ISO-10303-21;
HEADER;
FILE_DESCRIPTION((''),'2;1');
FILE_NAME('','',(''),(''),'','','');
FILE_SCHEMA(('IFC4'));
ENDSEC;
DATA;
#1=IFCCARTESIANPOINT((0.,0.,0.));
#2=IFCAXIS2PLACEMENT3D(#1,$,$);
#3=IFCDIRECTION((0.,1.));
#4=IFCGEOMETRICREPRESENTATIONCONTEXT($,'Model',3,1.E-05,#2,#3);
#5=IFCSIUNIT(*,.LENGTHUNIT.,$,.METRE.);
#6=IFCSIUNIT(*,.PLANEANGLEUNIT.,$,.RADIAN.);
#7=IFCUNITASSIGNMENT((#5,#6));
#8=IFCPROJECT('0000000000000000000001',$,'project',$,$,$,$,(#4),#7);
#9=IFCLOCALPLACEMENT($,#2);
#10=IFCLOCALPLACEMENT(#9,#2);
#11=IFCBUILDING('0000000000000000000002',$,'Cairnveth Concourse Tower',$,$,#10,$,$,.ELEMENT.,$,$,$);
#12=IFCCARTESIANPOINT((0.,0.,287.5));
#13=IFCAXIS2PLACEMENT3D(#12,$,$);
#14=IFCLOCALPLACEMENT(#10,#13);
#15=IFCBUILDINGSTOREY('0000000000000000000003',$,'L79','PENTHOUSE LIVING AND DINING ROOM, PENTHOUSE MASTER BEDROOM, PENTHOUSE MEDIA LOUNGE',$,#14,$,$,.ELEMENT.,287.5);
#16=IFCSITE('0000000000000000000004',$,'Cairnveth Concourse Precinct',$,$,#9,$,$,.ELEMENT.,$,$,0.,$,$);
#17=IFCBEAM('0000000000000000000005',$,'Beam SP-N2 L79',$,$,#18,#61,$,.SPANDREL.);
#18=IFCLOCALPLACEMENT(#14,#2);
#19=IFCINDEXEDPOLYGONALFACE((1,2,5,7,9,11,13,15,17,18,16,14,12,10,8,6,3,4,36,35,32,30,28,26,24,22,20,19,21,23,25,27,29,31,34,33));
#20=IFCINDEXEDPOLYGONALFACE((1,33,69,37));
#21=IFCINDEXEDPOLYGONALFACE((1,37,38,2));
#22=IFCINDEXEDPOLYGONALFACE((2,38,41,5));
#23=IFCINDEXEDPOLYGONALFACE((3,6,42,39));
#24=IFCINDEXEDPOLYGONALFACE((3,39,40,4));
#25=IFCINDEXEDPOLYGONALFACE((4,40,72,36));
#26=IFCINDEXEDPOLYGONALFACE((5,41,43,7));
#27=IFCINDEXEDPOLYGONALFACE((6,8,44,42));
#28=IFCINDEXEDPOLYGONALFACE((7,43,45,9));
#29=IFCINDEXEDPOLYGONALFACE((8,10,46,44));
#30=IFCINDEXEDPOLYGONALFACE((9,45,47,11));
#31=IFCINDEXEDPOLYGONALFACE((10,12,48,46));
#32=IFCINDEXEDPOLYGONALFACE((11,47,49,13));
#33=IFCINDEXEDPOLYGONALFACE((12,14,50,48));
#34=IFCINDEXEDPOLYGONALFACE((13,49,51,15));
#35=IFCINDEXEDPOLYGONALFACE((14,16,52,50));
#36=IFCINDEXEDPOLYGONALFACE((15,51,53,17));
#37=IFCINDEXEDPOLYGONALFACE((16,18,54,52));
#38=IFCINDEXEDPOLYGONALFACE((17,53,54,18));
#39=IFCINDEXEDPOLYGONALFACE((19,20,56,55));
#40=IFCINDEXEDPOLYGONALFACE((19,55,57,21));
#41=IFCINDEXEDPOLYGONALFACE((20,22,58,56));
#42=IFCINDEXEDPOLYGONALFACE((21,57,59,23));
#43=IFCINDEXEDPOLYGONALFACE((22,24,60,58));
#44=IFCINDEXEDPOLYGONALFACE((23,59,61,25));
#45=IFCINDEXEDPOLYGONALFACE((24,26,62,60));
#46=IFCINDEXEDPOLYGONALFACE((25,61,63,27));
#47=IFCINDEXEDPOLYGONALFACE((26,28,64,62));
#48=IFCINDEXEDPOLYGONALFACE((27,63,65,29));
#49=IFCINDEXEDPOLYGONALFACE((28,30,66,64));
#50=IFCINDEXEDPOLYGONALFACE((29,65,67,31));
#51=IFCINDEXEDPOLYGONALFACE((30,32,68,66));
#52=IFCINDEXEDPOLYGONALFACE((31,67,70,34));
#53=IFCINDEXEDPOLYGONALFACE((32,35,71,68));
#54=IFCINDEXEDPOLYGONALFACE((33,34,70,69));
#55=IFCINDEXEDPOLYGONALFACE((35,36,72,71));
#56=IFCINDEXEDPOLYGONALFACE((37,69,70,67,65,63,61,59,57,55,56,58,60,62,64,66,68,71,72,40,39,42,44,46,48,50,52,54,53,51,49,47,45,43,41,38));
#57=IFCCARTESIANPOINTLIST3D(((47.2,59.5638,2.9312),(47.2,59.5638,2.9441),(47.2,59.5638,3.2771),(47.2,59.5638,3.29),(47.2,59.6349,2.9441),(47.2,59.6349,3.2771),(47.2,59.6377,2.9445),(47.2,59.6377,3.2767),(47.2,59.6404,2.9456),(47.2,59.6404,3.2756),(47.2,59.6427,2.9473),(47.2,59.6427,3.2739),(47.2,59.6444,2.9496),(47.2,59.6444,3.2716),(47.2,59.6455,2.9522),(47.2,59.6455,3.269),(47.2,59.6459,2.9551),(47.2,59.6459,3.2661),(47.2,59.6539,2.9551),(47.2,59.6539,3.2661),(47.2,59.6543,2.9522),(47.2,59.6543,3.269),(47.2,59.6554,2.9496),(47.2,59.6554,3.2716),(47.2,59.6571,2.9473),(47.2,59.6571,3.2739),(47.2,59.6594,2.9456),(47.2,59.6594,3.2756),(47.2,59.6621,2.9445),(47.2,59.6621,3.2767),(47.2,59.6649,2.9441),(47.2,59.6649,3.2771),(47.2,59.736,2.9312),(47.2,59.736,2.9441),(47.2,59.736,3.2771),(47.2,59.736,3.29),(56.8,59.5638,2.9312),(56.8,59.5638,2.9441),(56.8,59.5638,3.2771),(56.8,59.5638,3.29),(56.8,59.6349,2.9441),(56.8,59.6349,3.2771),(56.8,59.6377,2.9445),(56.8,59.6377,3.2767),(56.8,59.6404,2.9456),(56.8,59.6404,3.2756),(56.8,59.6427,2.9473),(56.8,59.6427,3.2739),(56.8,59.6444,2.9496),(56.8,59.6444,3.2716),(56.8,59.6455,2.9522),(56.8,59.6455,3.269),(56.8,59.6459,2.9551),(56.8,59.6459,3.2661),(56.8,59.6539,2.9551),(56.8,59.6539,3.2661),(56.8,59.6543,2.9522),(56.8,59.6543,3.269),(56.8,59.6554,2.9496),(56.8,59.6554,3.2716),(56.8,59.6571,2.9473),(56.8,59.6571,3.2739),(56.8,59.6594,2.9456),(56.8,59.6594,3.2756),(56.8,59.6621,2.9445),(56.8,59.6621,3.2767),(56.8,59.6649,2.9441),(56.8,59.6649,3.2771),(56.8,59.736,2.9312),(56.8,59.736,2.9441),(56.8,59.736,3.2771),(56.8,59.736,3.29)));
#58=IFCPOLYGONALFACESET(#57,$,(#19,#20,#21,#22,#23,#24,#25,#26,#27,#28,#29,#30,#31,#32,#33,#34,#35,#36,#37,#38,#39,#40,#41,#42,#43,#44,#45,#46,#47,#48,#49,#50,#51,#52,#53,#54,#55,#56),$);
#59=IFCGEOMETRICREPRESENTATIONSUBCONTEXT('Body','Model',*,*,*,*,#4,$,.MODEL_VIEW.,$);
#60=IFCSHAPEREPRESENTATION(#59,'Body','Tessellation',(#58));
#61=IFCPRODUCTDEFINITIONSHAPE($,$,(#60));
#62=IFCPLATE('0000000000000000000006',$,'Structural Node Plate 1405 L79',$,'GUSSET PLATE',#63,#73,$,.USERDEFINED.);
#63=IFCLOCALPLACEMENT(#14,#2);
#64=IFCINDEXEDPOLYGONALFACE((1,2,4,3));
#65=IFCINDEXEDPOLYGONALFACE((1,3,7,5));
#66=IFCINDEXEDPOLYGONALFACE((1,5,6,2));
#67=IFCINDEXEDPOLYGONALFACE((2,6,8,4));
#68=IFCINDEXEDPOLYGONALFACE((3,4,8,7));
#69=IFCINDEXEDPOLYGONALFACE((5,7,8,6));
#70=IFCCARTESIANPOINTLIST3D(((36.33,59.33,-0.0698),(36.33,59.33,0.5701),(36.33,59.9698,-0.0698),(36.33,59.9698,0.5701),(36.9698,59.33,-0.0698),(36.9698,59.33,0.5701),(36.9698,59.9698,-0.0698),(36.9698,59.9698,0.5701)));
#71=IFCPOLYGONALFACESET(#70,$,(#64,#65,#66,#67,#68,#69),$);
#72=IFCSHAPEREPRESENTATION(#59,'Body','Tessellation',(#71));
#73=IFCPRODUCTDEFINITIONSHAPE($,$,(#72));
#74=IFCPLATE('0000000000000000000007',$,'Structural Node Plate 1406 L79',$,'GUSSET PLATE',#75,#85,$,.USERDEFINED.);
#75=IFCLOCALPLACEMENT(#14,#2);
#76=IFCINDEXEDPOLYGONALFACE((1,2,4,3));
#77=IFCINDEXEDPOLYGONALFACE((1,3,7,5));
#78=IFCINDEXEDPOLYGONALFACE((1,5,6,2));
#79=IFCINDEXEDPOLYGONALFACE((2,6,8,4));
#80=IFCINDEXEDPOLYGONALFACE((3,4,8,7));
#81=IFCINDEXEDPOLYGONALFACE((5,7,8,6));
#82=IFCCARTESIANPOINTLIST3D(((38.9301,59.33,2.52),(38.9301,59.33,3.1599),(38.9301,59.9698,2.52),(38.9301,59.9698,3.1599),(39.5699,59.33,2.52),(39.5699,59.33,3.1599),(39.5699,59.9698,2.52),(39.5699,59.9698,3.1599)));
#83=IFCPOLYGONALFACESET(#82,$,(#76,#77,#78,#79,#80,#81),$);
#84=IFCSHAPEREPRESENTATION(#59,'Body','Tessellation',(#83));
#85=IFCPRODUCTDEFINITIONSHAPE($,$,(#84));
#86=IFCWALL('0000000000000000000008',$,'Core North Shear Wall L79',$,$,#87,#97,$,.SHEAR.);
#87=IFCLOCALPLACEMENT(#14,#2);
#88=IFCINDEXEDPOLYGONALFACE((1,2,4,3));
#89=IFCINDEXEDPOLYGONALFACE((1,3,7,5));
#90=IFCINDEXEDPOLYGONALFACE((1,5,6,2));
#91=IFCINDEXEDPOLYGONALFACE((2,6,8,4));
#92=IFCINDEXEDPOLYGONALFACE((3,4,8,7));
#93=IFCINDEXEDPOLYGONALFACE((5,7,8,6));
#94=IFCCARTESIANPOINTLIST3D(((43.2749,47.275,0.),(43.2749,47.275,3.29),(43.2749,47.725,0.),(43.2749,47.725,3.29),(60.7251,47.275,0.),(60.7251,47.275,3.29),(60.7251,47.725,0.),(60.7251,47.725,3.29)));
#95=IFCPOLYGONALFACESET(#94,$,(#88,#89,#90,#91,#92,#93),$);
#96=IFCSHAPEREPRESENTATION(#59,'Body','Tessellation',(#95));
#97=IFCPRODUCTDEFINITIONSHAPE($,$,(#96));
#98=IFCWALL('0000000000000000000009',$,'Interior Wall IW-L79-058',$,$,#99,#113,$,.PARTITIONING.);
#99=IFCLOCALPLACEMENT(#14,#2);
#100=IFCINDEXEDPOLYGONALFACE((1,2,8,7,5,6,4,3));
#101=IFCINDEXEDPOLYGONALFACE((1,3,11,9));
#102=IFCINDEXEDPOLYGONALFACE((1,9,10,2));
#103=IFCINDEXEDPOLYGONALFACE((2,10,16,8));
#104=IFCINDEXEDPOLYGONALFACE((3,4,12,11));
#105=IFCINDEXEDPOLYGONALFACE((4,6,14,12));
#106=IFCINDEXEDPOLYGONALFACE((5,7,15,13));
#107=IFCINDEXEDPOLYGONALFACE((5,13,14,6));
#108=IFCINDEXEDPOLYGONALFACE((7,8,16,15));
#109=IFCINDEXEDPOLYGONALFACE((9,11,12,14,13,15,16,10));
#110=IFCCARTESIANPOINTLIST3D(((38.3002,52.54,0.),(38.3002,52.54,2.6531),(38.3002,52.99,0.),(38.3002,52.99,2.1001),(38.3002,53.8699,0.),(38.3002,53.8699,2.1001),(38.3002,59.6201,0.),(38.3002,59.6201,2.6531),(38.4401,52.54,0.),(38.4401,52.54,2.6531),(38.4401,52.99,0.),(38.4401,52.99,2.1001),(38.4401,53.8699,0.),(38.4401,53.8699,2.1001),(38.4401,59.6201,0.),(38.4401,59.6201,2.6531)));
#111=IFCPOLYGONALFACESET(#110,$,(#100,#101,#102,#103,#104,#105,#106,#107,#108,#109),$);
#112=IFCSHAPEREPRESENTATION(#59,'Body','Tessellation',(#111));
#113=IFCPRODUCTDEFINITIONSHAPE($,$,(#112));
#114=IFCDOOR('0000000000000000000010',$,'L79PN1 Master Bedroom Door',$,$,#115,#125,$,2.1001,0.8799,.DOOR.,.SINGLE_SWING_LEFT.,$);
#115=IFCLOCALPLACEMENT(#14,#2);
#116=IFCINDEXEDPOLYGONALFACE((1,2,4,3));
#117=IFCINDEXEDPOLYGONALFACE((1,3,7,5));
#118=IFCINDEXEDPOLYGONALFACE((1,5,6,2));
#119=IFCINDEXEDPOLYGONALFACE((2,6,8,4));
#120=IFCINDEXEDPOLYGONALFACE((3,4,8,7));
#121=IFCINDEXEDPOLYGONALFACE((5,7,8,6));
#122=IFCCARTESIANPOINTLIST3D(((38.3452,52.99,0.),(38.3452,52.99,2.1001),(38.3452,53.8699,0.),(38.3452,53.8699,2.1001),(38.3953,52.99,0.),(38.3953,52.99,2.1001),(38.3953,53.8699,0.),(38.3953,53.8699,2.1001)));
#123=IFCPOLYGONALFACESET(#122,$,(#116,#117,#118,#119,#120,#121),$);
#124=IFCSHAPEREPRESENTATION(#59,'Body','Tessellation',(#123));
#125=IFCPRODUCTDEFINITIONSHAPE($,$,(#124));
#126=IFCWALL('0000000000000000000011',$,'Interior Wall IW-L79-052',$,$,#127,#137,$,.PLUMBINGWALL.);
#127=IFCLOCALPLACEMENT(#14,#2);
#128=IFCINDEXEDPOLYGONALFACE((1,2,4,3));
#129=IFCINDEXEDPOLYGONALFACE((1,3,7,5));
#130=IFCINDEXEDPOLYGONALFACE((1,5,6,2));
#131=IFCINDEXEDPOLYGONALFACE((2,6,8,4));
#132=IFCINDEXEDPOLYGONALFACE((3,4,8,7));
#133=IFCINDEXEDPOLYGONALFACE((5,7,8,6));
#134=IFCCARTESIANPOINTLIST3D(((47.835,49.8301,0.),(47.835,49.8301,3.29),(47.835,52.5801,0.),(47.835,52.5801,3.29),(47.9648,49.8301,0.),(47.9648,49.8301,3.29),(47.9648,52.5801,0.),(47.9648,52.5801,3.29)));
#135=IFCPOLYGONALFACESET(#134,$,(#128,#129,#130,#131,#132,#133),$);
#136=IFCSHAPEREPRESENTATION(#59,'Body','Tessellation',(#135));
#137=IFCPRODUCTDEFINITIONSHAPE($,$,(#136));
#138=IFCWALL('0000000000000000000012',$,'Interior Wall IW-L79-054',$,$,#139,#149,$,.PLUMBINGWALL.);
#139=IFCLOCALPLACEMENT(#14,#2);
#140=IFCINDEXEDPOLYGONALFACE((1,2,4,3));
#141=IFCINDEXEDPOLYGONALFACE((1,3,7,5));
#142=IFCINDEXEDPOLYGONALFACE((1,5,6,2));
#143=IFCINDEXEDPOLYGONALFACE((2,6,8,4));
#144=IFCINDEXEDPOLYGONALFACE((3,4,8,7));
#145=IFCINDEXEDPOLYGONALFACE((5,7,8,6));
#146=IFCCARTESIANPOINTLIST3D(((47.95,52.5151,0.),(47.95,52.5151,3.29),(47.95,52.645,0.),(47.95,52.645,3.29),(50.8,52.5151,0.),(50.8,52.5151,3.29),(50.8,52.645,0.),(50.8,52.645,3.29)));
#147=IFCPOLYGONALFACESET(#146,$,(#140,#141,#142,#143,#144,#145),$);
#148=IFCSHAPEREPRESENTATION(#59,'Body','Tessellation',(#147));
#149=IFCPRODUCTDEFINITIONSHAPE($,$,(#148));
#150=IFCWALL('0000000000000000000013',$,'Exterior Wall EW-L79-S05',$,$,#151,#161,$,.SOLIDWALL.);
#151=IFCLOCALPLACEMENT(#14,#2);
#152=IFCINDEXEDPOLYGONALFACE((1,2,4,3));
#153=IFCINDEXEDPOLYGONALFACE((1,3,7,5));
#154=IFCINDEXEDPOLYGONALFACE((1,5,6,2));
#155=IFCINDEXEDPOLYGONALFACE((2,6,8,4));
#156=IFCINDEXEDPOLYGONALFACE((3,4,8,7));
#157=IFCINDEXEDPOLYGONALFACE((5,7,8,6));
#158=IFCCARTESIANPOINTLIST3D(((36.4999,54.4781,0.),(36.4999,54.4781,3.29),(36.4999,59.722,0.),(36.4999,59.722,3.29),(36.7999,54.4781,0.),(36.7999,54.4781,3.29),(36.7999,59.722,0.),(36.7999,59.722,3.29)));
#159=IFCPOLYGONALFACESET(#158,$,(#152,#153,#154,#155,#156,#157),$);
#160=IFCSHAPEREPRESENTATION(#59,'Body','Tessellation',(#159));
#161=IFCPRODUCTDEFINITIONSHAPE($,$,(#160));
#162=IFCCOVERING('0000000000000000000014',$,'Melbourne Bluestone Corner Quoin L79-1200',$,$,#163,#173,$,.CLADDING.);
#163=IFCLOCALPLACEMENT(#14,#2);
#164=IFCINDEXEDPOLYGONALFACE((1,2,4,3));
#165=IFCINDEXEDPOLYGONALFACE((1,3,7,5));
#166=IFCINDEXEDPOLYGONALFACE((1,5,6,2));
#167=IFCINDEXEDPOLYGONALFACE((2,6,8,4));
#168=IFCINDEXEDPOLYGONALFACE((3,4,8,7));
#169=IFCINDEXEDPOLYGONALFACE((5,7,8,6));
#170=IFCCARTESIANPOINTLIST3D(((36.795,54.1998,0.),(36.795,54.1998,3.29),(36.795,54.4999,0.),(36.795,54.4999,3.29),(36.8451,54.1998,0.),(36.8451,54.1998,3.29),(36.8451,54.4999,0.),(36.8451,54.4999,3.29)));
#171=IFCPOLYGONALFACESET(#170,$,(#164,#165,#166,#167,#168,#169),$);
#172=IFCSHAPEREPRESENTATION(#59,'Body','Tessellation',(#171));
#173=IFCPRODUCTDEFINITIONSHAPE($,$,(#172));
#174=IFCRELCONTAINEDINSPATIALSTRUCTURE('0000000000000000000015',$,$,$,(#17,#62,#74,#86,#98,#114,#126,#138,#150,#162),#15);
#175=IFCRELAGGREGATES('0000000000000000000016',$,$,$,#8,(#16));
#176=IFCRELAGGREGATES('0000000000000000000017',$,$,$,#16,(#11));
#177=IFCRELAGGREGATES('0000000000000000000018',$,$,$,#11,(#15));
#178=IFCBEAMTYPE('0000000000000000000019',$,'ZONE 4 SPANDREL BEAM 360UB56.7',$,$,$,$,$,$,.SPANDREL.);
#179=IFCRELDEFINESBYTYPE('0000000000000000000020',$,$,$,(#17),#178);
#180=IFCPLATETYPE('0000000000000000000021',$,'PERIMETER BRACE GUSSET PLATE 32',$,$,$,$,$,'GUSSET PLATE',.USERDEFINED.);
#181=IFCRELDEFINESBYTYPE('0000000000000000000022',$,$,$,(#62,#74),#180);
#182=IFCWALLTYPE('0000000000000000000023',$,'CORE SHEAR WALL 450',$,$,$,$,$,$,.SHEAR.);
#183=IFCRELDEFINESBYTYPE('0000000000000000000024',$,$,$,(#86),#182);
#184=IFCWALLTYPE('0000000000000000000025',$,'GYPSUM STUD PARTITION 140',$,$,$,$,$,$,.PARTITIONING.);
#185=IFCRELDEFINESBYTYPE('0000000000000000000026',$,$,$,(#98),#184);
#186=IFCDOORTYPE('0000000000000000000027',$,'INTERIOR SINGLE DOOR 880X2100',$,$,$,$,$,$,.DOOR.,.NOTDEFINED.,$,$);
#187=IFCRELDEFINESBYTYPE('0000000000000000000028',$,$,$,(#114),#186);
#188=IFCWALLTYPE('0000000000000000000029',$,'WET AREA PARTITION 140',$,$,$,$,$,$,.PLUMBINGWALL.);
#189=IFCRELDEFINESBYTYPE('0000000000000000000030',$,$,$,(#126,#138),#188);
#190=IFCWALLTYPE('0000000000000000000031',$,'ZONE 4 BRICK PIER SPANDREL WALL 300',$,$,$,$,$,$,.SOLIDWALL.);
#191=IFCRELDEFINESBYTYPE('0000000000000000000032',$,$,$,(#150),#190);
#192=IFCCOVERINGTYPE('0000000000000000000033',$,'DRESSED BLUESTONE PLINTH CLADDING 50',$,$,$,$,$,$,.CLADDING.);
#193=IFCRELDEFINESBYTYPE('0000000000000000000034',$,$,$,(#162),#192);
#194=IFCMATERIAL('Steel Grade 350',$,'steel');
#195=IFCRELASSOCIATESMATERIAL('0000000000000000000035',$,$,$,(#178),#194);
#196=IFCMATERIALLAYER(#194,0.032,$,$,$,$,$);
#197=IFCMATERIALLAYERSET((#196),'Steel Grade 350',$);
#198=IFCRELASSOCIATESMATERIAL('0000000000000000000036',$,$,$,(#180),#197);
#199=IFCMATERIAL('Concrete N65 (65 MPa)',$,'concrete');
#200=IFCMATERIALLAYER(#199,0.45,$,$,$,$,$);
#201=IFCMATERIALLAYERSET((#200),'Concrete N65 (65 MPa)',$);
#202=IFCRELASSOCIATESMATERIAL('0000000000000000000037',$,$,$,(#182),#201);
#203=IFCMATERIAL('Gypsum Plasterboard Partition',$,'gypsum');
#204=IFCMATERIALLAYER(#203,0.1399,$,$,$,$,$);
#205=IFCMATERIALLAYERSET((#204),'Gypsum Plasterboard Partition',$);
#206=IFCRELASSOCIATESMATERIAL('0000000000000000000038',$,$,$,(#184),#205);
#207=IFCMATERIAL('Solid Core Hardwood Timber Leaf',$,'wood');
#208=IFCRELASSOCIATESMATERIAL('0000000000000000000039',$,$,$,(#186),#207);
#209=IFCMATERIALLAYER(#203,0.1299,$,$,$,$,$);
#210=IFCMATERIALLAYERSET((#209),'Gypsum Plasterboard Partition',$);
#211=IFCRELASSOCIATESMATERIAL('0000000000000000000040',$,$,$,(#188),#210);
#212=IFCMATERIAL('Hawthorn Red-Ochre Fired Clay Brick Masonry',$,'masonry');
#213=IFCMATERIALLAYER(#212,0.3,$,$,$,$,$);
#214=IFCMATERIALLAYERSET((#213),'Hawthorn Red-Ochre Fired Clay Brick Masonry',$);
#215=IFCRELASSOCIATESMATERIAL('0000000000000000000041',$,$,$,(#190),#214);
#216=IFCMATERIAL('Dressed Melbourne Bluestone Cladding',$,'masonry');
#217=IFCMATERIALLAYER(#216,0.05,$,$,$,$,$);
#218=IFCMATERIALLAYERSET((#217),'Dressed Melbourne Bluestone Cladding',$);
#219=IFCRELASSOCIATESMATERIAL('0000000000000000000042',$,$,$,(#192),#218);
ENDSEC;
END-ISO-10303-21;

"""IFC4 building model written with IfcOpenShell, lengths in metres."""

from ifc_helpers import new_model, si_unit, direction, frame, frame_2d, origin, origin_2d, place, context, subcontext, project, spatial, rectangle, i_section, extrude, material, layer, layer_set, material_profile, profile_set, type_object, element, fill, save


model = new_model("IFC4")

# Units and contexts
model_context = context("Model", 3, precision=1e-05, world=origin(), true_north=direction((0.0, 1.0)))
body_context = subcontext(model_context, "Body", "Model", "MODEL_VIEW")
ifc_project = project(units=[si_unit("LENGTHUNIT", "METRE"), si_unit("PLANEANGLEUNIT", "RADIAN")], contexts=[model_context])

# Site, building, storey
site_placement = place(None, origin())
site = spatial("IfcSite", under=ifc_project, at=site_placement, Name="Cairnveth Concourse Precinct", CompositionType="ELEMENT", RefElevation=0.0)
building_placement = place(site_placement, origin())
building = spatial("IfcBuilding", under=site, at=building_placement, Name="Cairnveth Concourse Tower", CompositionType="ELEMENT")
storey_placement = place(building_placement, frame((0.0, 0.0, 287.5)))
storey = spatial("IfcBuildingStorey", under=building, at=storey_placement, Name="L79", Description="PENTHOUSE LIVING AND DINING ROOM, PENTHOUSE MASTER BEDROOM, PENTHOUSE MEDIA LOUNGE", CompositionType="ELEMENT", Elevation=287.5)

# Shared definitions
ifc_material_1 = material(Name="Steel Grade 350", Category="steel")

# Beam
ifc_material_profile_1 = material_profile(ifc_material_1, i_section(OverallWidth=0.1721, OverallDepth=0.3589, WebThickness=0.0081, FlangeThickness=0.0129, FilletRadius=0.011, at=origin_2d()), Name="360UB56.7")
ifc_profile_set_1 = profile_set([ifc_material_profile_1], Name="Steel Grade 350")
beam_type_1 = type_object("IfcBeamType", Name="ZONE 4 SPANDREL BEAM 360UB56.7", PredefinedType="SPANDREL", material=ifc_profile_set_1)
beam_1_placement = place(storey_placement, frame((47.2, 59.6499, 3.1106), z_axis=(1.0, 0.0, 0.0), x_axis=(0.0, 1.0, 0.0)))
element("IfcBeam", 1, at=beam_1_placement, inside=storey, type_object=beam_type_1, Name="Beam SP-N2 L79", PredefinedType="SPANDREL", context=body_context, shape_type="SweptSolid", body=[
    extrude(i_section(OverallWidth=0.1721, OverallDepth=0.3589, WebThickness=0.0081, FlangeThickness=0.0129, FilletRadius=0.011, at=origin_2d()), origin(), (0.0, 0.0, 1.0), 9.6001),
])

# Plates
ifc_layer_1 = layer(ifc_material_1, 0.032)
ifc_layer_set_1 = layer_set([ifc_layer_1], Name="Steel Grade 350")
plate_type = type_object("IfcPlateType", Name="PERIMETER BRACE GUSSET PLATE 32", ElementType="GUSSET PLATE", PredefinedType="USERDEFINED", material=ifc_layer_set_1)
for number, where, z_axis, x_axis, name in (
    (2, (36.6499, 59.6499, -0.0698), (0.0, 0.0, 1.0), (1.0, 0.0, 0.0), "Structural Node Plate 1405 L79"),
    (3, (39.25, 59.6499, 2.52), (0.0, 0.0, 1.0), (1.0, 0.0, 0.0), "Structural Node Plate 1406 L79"),
):
    element("IfcPlate", number, at=place(storey_placement, frame(where, z_axis=z_axis, x_axis=x_axis)), inside=storey, type_object=plate_type, Name=name, ObjectType="GUSSET PLATE", PredefinedType="USERDEFINED", context=body_context, shape_type="SweptSolid", body=[
        extrude(rectangle(XDim=0.6399, YDim=0.6399, at=origin_2d()), origin(), (0.0, 0.0, 1.0), 0.6399),
    ])

# Wall
ifc_material_2 = material(Name="Concrete N65 (65 MPa)", Category="concrete")
ifc_layer_2 = layer(ifc_material_2, 0.45)
ifc_layer_set_2 = layer_set([ifc_layer_2], Name="Concrete N65 (65 MPa)")
wall_type_1 = type_object("IfcWallType", Name="CORE SHEAR WALL 450", PredefinedType="SHEAR", material=ifc_layer_set_2)
wall_1_placement = place(storey_placement, frame((43.2749, 47.5, 0.0), z_axis=(0.0, 0.0, 1.0), x_axis=(1.0, 0.0, 0.0)))
element("IfcWall", 4, at=wall_1_placement, inside=storey, type_object=wall_type_1, Name="Core North Shear Wall L79", PredefinedType="SHEAR", context=body_context, shape_type="SweptSolid", body=[
    extrude(rectangle(XDim=17.4502, YDim=0.45, at=frame_2d((8.7251, 0.0))), origin(), (0.0, 0.0, 1.0), 3.29),
])

# Wall, opening, door
ifc_material_3 = material(Name="Gypsum Plasterboard Partition", Category="gypsum")
ifc_layer_3 = layer(ifc_material_3, 0.1399)
ifc_layer_set_3 = layer_set([ifc_layer_3], Name="Gypsum Plasterboard Partition")
wall_type_2 = type_object("IfcWallType", Name="GYPSUM STUD PARTITION 140", PredefinedType="PARTITIONING", material=ifc_layer_set_3)
wall_2_placement = place(storey_placement, frame((38.3701, 52.54, 0.0), z_axis=(0.0, 0.0, 1.0), x_axis=(0.0, 1.0, 0.0)))
wall_2 = element("IfcWall", 5, at=wall_2_placement, inside=storey, type_object=wall_type_2, Name="Interior Wall IW-L79-058", PredefinedType="PARTITIONING", context=body_context, shape_type="SweptSolid", body=[
    extrude(rectangle(XDim=7.0801, YDim=0.1399, at=frame_2d((3.54, 0.0))), origin(), (0.0, 0.0, 1.0), 2.6531),
])
opening_placement = place(wall_2_placement, frame((0.45, 0.0, 0.0)))
opening = element("IfcOpeningElement", 6, at=opening_placement, cuts=wall_2, PredefinedType="OPENING", context=body_context, shape_type="SweptSolid", body=[
    extrude(rectangle(XDim=0.8799, YDim=2.1001, at=frame_2d((0.4399, 1.05))), frame((0.0, 0.0798, 0.0), z_axis=(0.0, -1.0, 0.0), x_axis=(1.0, 0.0, 0.0)), (0.0, 0.0, 1.0), 0.1599),
])
ifc_material_4 = material(Name="Solid Core Hardwood Timber Leaf", Category="wood")
door_type = type_object("IfcDoorType", Name="INTERIOR SINGLE DOOR 880X2100", OperationType="NOTDEFINED", PredefinedType="DOOR", material=ifc_material_4)
door_placement = place(opening_placement, origin())
door = element("IfcDoor", 7, at=door_placement, inside=storey, type_object=door_type, Name="L79PN1 Master Bedroom Door", OperationType="SINGLE_SWING_LEFT", OverallHeight=2.1001, OverallWidth=0.8799, PredefinedType="DOOR", context=body_context, shape_type="SweptSolid", body=[
    extrude(rectangle(XDim=0.8799, YDim=2.1001, at=frame_2d((0.4399, 1.05))), frame((0.0, 0.0249, 0.0), z_axis=(0.0, -1.0, 0.0), x_axis=(1.0, 0.0, 0.0)), (0.0, 0.0, 1.0), 0.05),
])
fill(opening, door)

# Walls
ifc_layer_4 = layer(ifc_material_3, 0.1299)
ifc_layer_set_4 = layer_set([ifc_layer_4], Name="Gypsum Plasterboard Partition")
wall_type_3 = type_object("IfcWallType", Name="WET AREA PARTITION 140", PredefinedType="PLUMBINGWALL", material=ifc_layer_set_4)
wall_3_placement = place(storey_placement, frame((47.8999, 49.8301, 0.0), z_axis=(0.0, 0.0, 1.0), x_axis=(0.0, 1.0, 0.0)))
element("IfcWall", 8, at=wall_3_placement, inside=storey, type_object=wall_type_3, Name="Interior Wall IW-L79-052", PredefinedType="PLUMBINGWALL", context=body_context, shape_type="SweptSolid", body=[
    extrude(rectangle(XDim=2.75, YDim=0.1299, at=frame_2d((1.375, 0.0))), origin(), (0.0, 0.0, 1.0), 3.29),
])
wall_4_placement = place(storey_placement, frame((47.95, 52.5801, 0.0), z_axis=(0.0, 0.0, 1.0), x_axis=(1.0, 0.0, 0.0)))
element("IfcWall", 9, at=wall_4_placement, inside=storey, type_object=wall_type_3, Name="Interior Wall IW-L79-054", PredefinedType="PLUMBINGWALL", context=body_context, shape_type="SweptSolid", body=[
    extrude(rectangle(XDim=2.8501, YDim=0.1299, at=frame_2d((1.425, 0.0))), origin(), (0.0, 0.0, 1.0), 3.29),
])
ifc_material_5 = material(Name="Hawthorn Red-Ochre Fired Clay Brick Masonry", Category="masonry")
ifc_layer_5 = layer(ifc_material_5, 0.3)
ifc_layer_set_5 = layer_set([ifc_layer_5], Name="Hawthorn Red-Ochre Fired Clay Brick Masonry")
wall_type_4 = type_object("IfcWallType", Name="ZONE 4 BRICK PIER SPANDREL WALL 300", PredefinedType="SOLIDWALL", material=ifc_layer_set_5)
wall_5_placement = place(storey_placement, frame((36.6499, 54.478, 0.0), z_axis=(0.0, 0.0, 1.0), x_axis=(0.0, 1.0, 0.0)))
element("IfcWall", 10, at=wall_5_placement, inside=storey, type_object=wall_type_4, Name="Exterior Wall EW-L79-S05", PredefinedType="SOLIDWALL", context=body_context, shape_type="SweptSolid", body=[
    extrude(rectangle(XDim=5.2439, YDim=0.3, at=frame_2d((2.6221, 0.0))), origin(), (0.0, 0.0, 1.0), 3.29),
])

# Covering
ifc_material_6 = material(Name="Dressed Melbourne Bluestone Cladding", Category="masonry")
ifc_layer_6 = layer(ifc_material_6, 0.05)
ifc_layer_set_6 = layer_set([ifc_layer_6], Name="Dressed Melbourne Bluestone Cladding")
covering_type = type_object("IfcCoveringType", Name="DRESSED BLUESTONE PLINTH CLADDING 50", PredefinedType="CLADDING", material=ifc_layer_set_6)
covering_placement = place(storey_placement, frame((36.8201, 54.2, 0.0), z_axis=(0.0, 0.0, 1.0), x_axis=(0.0, 1.0, 0.0)))
element("IfcCovering", 11, at=covering_placement, inside=storey, type_object=covering_type, Name="Melbourne Bluestone Corner Quoin L79-1200", PredefinedType="CLADDING", context=body_context, shape_type="SweptSolid", body=[
    extrude(rectangle(XDim=0.3, YDim=0.05, at=frame_2d((0.1499, 0.0))), origin(), (0.0, 0.0, 1.0), 3.29),
])

save(model, "model.ifc")
